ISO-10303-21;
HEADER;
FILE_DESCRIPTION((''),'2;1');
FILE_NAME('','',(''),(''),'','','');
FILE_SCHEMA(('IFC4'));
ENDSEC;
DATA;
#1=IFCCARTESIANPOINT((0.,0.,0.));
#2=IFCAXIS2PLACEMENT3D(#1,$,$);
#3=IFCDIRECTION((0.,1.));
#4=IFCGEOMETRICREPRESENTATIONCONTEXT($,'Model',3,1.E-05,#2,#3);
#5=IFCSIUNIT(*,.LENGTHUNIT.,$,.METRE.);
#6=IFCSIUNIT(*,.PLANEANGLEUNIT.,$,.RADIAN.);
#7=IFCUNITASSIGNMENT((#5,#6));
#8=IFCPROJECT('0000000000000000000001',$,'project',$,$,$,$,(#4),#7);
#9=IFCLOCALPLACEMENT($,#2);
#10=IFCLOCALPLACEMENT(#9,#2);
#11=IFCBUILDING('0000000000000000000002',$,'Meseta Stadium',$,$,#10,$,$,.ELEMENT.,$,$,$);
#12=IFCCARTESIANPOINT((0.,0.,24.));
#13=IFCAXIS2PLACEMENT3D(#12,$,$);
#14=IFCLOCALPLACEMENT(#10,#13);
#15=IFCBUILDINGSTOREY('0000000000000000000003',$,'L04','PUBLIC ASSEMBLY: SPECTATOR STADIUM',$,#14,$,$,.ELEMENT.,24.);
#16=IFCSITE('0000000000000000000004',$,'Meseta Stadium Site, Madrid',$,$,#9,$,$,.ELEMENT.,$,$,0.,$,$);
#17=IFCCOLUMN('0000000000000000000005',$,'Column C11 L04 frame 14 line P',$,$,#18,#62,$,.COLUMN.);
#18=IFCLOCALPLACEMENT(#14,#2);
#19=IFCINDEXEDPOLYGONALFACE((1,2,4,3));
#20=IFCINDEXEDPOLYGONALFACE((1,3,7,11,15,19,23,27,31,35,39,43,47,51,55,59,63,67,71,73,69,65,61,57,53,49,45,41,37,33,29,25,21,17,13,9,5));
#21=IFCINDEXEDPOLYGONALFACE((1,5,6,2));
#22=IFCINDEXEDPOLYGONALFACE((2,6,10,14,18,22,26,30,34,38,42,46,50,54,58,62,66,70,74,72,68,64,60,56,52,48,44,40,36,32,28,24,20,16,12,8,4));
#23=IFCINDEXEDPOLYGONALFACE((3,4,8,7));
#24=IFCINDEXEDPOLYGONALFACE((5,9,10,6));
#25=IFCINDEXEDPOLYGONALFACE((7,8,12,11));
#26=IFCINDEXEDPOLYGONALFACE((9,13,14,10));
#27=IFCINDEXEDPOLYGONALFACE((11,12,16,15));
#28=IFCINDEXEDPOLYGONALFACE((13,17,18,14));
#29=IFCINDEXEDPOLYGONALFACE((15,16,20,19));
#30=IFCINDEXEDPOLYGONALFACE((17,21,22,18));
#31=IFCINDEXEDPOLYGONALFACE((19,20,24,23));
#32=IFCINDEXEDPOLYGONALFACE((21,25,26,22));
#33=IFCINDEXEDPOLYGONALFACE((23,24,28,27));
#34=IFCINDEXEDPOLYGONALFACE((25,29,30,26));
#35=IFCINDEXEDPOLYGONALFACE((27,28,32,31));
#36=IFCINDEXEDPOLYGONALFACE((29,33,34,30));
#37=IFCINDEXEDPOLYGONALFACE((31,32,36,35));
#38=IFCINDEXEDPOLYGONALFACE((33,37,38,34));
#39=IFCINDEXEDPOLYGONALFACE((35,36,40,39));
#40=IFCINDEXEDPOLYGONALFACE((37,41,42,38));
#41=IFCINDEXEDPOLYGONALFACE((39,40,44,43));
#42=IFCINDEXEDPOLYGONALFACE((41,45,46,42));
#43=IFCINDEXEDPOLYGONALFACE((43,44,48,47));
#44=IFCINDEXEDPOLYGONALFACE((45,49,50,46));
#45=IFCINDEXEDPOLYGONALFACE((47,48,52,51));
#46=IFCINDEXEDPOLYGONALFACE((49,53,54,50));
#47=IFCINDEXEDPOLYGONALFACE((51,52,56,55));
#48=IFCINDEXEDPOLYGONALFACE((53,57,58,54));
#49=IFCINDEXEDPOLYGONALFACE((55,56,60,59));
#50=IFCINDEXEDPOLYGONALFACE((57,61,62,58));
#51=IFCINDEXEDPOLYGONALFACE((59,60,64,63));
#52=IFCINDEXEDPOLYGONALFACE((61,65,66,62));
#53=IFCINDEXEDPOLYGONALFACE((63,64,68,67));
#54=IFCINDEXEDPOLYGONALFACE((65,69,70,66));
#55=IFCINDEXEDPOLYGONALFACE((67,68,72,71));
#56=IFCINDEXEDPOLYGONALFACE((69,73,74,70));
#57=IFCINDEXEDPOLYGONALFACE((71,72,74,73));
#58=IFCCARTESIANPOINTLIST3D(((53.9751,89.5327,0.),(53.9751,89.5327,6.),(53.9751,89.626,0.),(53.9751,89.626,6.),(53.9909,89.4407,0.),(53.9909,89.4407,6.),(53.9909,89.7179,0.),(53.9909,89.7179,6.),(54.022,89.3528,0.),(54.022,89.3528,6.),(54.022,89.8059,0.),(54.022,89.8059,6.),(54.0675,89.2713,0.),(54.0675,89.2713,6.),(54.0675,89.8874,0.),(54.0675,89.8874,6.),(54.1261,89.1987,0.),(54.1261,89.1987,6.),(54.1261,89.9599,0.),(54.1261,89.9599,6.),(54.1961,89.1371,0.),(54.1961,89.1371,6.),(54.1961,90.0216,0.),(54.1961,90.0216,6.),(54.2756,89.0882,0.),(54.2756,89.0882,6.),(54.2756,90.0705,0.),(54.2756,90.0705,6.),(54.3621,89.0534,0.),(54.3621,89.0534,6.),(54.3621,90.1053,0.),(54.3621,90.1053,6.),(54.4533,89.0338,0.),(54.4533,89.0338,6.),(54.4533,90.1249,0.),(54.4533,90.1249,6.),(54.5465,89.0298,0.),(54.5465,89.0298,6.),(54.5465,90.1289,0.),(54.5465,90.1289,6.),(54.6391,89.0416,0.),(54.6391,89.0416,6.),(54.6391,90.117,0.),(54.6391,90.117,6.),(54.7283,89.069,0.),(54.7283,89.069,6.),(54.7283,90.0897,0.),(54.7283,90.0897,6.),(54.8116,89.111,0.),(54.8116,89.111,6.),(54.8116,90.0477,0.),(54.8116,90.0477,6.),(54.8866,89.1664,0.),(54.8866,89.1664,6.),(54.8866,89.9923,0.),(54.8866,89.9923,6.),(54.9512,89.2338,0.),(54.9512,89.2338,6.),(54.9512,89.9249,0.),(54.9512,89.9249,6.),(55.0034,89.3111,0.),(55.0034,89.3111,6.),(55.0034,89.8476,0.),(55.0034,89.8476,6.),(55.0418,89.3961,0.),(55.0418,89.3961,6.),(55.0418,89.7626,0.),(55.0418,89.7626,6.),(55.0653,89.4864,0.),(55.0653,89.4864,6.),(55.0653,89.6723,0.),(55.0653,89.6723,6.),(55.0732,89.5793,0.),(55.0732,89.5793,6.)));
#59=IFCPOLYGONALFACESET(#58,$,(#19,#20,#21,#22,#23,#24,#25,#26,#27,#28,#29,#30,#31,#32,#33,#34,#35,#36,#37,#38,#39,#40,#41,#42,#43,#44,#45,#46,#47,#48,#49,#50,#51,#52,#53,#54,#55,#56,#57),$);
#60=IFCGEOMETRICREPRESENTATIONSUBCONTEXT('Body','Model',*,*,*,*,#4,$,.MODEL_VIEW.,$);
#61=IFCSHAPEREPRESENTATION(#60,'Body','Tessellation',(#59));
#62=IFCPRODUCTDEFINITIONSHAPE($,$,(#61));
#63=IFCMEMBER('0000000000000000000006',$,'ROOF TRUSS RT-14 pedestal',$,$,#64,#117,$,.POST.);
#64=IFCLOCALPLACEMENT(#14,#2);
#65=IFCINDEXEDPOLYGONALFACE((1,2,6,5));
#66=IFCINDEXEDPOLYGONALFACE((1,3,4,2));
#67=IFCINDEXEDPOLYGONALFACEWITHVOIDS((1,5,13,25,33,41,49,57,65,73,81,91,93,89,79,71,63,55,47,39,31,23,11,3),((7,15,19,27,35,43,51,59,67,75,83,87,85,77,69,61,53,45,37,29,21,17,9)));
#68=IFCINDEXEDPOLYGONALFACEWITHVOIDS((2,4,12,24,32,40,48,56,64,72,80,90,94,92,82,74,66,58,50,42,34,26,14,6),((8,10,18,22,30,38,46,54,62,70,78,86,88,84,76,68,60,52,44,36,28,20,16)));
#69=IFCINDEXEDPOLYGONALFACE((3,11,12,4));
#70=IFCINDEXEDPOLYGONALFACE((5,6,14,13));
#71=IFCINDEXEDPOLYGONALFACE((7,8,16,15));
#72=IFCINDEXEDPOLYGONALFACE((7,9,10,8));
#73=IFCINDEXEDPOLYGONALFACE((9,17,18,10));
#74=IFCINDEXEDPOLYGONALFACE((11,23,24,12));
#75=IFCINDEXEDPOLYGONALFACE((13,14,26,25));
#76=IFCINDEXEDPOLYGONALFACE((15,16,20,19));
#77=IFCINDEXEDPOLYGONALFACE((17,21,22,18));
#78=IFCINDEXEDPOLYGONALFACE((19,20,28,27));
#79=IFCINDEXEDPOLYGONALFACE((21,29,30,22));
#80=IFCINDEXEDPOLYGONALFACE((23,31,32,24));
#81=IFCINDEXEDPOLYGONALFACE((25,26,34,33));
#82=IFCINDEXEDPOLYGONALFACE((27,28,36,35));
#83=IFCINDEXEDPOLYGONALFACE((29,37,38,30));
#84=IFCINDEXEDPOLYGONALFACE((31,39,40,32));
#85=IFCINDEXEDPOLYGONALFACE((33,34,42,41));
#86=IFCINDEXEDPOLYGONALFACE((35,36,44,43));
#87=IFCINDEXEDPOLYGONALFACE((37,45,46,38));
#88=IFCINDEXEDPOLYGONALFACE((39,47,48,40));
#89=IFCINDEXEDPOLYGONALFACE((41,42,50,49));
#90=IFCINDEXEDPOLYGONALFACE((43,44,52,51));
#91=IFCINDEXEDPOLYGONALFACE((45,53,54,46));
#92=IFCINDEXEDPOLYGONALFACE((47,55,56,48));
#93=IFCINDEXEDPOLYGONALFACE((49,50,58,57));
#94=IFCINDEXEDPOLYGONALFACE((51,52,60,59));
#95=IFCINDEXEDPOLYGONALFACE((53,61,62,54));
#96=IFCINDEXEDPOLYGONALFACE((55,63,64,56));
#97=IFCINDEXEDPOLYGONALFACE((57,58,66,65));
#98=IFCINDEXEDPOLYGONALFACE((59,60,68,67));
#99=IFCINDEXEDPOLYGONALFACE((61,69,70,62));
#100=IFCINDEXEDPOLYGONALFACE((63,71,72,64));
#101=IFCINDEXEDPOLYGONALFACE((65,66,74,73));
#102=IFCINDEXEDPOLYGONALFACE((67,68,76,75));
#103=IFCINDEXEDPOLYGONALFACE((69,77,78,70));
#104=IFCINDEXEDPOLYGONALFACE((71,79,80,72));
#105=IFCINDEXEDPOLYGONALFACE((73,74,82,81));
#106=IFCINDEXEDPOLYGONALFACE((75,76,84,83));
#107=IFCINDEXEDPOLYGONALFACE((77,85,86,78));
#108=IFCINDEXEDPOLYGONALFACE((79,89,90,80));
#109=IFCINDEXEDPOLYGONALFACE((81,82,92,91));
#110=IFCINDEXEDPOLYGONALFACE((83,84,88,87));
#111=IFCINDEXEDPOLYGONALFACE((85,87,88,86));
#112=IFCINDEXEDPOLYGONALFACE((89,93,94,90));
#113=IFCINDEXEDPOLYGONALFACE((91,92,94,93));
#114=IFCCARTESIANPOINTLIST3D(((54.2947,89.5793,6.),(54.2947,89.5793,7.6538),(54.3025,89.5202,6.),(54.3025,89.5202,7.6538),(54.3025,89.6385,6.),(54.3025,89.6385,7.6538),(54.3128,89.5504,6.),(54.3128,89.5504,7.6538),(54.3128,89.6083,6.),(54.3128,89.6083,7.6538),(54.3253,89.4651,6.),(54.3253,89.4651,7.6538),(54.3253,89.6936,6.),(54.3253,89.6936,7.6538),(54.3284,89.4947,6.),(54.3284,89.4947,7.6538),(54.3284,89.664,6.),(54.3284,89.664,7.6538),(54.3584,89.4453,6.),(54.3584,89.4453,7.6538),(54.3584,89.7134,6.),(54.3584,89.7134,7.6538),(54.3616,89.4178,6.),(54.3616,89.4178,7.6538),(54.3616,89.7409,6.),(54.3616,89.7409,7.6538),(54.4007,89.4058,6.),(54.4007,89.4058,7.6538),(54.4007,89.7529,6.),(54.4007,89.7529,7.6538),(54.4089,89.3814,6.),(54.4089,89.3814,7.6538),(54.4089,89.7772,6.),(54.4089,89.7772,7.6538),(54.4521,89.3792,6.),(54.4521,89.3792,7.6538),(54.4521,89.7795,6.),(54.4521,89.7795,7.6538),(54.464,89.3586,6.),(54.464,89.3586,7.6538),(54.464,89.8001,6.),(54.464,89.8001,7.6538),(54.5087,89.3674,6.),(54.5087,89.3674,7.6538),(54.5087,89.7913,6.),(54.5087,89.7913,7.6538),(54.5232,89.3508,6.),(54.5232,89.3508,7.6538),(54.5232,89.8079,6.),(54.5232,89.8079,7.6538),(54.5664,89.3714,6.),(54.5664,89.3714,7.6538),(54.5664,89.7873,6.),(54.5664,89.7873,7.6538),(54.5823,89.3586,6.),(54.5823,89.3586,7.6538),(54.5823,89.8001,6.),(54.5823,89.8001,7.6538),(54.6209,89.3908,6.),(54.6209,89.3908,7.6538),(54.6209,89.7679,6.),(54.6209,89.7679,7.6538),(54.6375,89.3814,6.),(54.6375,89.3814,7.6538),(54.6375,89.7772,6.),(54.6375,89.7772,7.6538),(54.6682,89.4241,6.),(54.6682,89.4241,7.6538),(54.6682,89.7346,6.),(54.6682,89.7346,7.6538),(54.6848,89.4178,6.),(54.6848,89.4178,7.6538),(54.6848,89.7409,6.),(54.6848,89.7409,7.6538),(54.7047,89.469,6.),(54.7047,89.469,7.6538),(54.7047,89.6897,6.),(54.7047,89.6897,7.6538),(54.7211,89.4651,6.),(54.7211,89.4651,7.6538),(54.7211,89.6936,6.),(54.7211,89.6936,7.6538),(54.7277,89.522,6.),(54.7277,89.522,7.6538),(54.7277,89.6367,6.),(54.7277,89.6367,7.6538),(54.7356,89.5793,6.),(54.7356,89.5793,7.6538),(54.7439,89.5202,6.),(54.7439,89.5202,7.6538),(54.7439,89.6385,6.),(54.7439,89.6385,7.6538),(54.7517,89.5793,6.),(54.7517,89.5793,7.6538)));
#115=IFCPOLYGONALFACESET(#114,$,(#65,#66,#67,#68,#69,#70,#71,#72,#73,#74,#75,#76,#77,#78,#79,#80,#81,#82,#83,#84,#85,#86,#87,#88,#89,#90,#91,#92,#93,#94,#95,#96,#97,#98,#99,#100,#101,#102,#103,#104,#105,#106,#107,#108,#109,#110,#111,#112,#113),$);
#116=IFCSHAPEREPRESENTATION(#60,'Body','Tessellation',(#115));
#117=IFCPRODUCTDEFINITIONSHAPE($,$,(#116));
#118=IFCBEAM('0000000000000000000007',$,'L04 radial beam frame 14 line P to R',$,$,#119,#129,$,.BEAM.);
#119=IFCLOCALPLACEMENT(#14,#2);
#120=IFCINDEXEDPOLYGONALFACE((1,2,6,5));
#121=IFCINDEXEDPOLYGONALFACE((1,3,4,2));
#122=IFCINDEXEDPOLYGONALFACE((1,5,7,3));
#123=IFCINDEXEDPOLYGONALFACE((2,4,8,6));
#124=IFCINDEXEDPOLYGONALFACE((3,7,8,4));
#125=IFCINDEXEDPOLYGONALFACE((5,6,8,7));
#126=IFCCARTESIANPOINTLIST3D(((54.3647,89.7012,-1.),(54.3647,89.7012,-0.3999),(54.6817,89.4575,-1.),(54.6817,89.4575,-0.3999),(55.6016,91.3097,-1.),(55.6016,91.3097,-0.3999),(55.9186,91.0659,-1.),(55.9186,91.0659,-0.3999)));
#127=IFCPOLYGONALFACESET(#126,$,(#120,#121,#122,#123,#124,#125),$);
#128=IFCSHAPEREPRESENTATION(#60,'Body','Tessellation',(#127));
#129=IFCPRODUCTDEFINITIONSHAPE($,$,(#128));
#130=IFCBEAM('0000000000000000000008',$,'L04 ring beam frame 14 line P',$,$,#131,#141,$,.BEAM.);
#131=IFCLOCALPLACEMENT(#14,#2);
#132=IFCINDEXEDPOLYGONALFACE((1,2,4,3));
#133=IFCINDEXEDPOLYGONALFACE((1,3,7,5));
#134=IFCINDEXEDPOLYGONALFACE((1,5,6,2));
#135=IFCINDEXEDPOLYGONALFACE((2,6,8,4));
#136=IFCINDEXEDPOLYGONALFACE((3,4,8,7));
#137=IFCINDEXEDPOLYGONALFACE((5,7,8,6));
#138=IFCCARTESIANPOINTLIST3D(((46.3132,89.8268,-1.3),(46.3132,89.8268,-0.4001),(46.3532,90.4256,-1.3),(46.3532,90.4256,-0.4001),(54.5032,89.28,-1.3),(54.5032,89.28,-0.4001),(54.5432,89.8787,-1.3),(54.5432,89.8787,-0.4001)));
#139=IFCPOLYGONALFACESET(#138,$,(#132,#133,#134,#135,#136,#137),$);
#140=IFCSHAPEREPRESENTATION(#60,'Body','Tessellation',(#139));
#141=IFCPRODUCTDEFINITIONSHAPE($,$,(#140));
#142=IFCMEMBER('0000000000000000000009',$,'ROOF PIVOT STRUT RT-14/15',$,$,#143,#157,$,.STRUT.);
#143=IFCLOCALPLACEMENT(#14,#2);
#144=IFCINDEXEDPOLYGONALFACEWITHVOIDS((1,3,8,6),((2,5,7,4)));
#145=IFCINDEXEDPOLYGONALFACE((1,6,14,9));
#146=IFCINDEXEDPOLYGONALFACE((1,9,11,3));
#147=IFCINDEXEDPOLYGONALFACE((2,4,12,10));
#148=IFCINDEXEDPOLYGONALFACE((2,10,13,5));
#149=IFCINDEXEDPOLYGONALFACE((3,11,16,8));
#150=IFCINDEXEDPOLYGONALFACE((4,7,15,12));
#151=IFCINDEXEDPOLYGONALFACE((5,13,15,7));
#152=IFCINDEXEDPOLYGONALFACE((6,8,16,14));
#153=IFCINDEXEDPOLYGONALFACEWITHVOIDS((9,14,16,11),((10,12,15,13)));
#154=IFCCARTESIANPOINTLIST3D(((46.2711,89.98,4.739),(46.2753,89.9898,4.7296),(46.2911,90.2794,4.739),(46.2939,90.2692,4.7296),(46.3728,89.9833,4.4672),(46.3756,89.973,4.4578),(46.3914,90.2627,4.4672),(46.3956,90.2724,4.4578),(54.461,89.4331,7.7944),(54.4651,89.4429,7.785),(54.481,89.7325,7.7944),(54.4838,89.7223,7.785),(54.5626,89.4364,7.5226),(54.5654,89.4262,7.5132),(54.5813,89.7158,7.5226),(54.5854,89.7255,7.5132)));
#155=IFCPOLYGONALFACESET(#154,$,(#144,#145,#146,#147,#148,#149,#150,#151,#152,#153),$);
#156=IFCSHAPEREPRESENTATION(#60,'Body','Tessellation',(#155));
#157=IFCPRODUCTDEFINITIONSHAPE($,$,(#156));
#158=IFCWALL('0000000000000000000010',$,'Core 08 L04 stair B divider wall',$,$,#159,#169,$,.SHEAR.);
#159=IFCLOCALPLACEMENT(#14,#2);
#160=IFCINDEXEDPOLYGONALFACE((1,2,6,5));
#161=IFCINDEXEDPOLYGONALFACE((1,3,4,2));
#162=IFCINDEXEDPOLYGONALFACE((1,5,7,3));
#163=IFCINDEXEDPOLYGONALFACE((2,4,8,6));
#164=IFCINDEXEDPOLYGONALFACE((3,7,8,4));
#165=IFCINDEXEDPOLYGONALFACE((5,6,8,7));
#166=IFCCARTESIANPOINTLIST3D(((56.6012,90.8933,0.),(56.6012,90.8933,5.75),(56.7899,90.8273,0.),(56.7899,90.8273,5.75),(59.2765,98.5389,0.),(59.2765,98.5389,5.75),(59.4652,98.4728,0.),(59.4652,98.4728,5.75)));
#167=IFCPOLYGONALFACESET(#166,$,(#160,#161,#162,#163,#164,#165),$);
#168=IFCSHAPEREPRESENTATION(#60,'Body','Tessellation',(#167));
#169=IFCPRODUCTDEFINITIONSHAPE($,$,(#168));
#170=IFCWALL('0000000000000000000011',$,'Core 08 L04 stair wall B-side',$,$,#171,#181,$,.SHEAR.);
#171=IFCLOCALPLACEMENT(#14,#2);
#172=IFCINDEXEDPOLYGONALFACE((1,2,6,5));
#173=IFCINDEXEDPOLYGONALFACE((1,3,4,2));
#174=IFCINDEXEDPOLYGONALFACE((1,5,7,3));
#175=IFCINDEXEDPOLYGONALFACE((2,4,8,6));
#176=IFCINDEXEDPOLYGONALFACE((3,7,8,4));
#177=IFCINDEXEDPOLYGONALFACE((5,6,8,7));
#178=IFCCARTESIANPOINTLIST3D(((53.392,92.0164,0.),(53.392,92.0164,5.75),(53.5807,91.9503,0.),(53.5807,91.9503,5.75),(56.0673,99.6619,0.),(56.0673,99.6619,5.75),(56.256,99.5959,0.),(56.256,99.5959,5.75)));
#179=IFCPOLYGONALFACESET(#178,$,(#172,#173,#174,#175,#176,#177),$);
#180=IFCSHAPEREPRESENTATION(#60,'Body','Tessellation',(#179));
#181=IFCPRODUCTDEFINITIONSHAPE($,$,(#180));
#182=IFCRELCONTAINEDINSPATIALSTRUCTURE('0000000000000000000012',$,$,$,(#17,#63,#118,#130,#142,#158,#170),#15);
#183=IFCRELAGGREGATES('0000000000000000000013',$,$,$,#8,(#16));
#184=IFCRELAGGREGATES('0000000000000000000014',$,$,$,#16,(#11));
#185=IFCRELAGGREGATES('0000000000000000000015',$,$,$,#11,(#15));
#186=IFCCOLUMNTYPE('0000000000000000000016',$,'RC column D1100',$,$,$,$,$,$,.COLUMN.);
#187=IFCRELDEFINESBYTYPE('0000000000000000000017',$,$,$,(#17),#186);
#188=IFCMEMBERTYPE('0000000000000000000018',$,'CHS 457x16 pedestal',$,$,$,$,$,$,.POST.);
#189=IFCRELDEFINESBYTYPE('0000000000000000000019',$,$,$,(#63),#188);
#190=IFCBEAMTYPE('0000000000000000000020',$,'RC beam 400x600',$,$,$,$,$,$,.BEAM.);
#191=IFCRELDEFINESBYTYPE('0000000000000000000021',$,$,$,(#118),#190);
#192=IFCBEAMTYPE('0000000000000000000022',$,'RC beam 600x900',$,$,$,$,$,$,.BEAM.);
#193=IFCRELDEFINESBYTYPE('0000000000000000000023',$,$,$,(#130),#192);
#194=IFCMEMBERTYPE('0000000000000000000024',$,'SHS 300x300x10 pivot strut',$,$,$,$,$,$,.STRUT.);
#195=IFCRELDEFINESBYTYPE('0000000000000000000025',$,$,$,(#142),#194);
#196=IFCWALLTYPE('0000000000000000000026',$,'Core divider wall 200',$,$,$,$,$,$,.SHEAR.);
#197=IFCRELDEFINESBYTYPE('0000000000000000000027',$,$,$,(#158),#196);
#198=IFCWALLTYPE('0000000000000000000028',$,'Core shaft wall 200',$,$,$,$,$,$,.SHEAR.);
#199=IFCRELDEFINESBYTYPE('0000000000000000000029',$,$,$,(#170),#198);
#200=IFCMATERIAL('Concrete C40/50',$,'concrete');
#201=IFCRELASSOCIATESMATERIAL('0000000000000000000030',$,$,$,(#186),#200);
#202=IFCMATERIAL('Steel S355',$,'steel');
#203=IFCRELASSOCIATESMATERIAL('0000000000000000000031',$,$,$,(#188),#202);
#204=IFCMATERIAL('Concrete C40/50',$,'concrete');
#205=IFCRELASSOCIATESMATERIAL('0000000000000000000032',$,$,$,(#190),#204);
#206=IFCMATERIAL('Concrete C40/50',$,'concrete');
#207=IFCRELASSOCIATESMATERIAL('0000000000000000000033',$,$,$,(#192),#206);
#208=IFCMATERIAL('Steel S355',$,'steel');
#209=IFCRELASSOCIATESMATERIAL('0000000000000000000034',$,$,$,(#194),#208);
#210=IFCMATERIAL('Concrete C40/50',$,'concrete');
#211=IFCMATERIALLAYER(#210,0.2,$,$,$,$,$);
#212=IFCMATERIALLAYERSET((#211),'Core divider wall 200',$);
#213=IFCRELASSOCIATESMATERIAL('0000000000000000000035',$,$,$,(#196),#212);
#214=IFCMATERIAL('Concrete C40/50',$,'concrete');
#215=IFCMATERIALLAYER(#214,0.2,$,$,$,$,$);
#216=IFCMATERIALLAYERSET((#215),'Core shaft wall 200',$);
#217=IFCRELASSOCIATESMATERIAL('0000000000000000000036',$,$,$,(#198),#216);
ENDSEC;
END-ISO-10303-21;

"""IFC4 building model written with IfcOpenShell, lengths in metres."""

from ifc_helpers import new_model, si_unit, direction, frame, frame_2d, origin, origin_2d, place, context, subcontext, project, spatial, rectangle, hollow_rectangle, circle, hollow_circle, extrude, material, layer, layer_set, material_profile, profile_set, type_object, element, save


model = new_model("IFC4")

# Units and contexts
model_context = context("Model", 3, precision=1e-05, world=origin(), true_north=direction((0.0, 1.0)))
body_context = subcontext(model_context, "Body", "Model", "MODEL_VIEW")
ifc_project = project(units=[si_unit("LENGTHUNIT", "METRE"), si_unit("PLANEANGLEUNIT", "RADIAN")], contexts=[model_context])

# Site, building, storey
site_placement = place(None, origin())
site = spatial("IfcSite", under=ifc_project, at=site_placement, Name="Meseta Stadium Site, Madrid", CompositionType="ELEMENT", RefElevation=0.0)
building_placement = place(site_placement, origin())
building = spatial("IfcBuilding", under=site, at=building_placement, Name="Meseta Stadium", CompositionType="ELEMENT")
storey_placement = place(building_placement, frame((0.0, 0.0, 24.0)))
storey = spatial("IfcBuildingStorey", under=building, at=storey_placement, Name="L04", Description="PUBLIC ASSEMBLY: SPECTATOR STADIUM", CompositionType="ELEMENT", Elevation=24.0)

# Column
ifc_material_1 = material(Name="Concrete C40/50", Category="concrete")
ifc_material_profile_1 = material_profile(ifc_material_1, circle(Radius=0.55, at=origin_2d()), Name="RC D1100")
ifc_profile_set_1 = profile_set([ifc_material_profile_1], Name="Concrete C40/50")
column_type = type_object("IfcColumnType", Name="RC column D1100", PredefinedType="COLUMN", material=ifc_profile_set_1)
column_placement = place(storey_placement, frame((54.5232, 89.5793, 0.0), z_axis=(0.0, 0.0, 1.0), x_axis=(1.0, 0.0, 0.0)))
element("IfcColumn", 1, at=column_placement, inside=storey, type_object=column_type, Name="Column C11 L04 frame 14 line P", PredefinedType="COLUMN", context=body_context, shape_type="SweptSolid", body=[
    extrude(circle(Radius=0.55, at=origin_2d()), origin(), (0.0, 0.0, 1.0), 6.0),
])

# Member
ifc_material_2 = material(Name="Steel S355", Category="steel")
ifc_material_profile_2 = material_profile(ifc_material_2, hollow_circle(Radius=0.2285, WallThickness=0.0161, at=origin_2d()), Name="CHS 457x16")
ifc_profile_set_2 = profile_set([ifc_material_profile_2], Name="Steel S355")
member_type_1 = type_object("IfcMemberType", Name="CHS 457x16 pedestal", PredefinedType="POST", material=ifc_profile_set_2)
member_1_placement = place(storey_placement, frame((54.5232, 89.5793, 6.0), z_axis=(0.0, 0.0, 1.0), x_axis=(1.0, 0.0, 0.0)))
element("IfcMember", 2, at=member_1_placement, inside=storey, type_object=member_type_1, Name="ROOF TRUSS RT-14 pedestal", PredefinedType="POST", context=body_context, shape_type="SweptSolid", body=[
    extrude(hollow_circle(Radius=0.2285, WallThickness=0.0161, at=origin_2d()), origin(), (0.0, 0.0, 1.0), 1.6538),
])

# Beams
ifc_material_3 = material(Name="Concrete C40/50", Category="concrete")
ifc_material_profile_3 = material_profile(ifc_material_3, rectangle(XDim=0.3999, YDim=0.6001, at=origin_2d()), Name="RC 400x600")
ifc_profile_set_3 = profile_set([ifc_material_profile_3], Name="Concrete C40/50")
beam_type_1 = type_object("IfcBeamType", Name="RC beam 400x600", PredefinedType="BEAM", material=ifc_profile_set_3)
beam_1_placement = place(storey_placement, frame((54.5232, 89.5793, -0.7), z_axis=(0.609583, 0.792722, 0.0), x_axis=(-0.792722, 0.609583, 0.0)))
element("IfcBeam", 3, at=beam_1_placement, inside=storey, type_object=beam_type_1, Name="L04 radial beam frame 14 line P to R", PredefinedType="BEAM", context=body_context, shape_type="SweptSolid", body=[
    extrude(rectangle(XDim=0.3999, YDim=0.6001, at=origin_2d()), origin(), (0.0, 0.0, 1.0), 2.0291),
])
ifc_material_4 = material(Name="Concrete C40/50", Category="concrete")
ifc_material_profile_4 = material_profile(ifc_material_4, rectangle(XDim=0.6001, YDim=0.8999, at=origin_2d()), Name="RC 600x900")
ifc_profile_set_4 = profile_set([ifc_material_profile_4], Name="Concrete C40/50")
beam_type_2 = type_object("IfcBeamType", Name="RC beam 600x900", PredefinedType="BEAM", material=ifc_profile_set_4)
beam_2_placement = place(storey_placement, frame((54.5232, 89.5793, -0.8501), z_axis=(-0.997778, 0.066626, 0.0), x_axis=(-0.066626, -0.997778, 0.0)))
element("IfcBeam", 4, at=beam_2_placement, inside=storey, type_object=beam_type_2, Name="L04 ring beam frame 14 line P", PredefinedType="BEAM", context=body_context, shape_type="SweptSolid", body=[
    extrude(rectangle(XDim=0.6001, YDim=0.8999, at=origin_2d()), origin(), (0.0, 0.0, 1.0), 8.2083),
])

# Member
ifc_material_5 = material(Name="Steel S355", Category="steel")
ifc_material_profile_5 = material_profile(ifc_material_5, hollow_rectangle(XDim=0.3, YDim=0.3, WallThickness=0.01, at=origin_2d()), Name="SHS 300x300x10")
ifc_profile_set_5 = profile_set([ifc_material_profile_5], Name="Steel S355")
member_type_2 = type_object("IfcMemberType", Name="SHS 300x300x10 pivot strut", PredefinedType="STRUT", material=ifc_profile_set_5)
member_2_placement = place(storey_placement, frame((54.5232, 89.5793, 7.6538), z_axis=(-0.935094, 0.06244, -0.348855), x_axis=(-0.066626, -0.997778, 0.0)))
element("IfcMember", 5, at=member_2_placement, inside=storey, type_object=member_type_2, Name="ROOF PIVOT STRUT RT-14/15", PredefinedType="STRUT", context=body_context, shape_type="SweptSolid", body=[
    extrude(hollow_rectangle(XDim=0.3, YDim=0.3, WallThickness=0.01, at=origin_2d()), origin(), (0.0, 0.0, 1.0), 8.7583),
])

# Walls
ifc_material_6 = material(Name="Concrete C40/50", Category="concrete")
ifc_layer_1 = layer(ifc_material_6, 0.2)
ifc_layer_set_1 = layer_set([ifc_layer_1], Name="Core divider wall 200")
wall_type_1 = type_object("IfcWallType", Name="Core divider wall 200", PredefinedType="SHEAR", material=ifc_layer_set_1)
wall_1_placement = place(storey_placement, frame((59.3708, 98.5059, 0.0), z_axis=(0.0, 0.0, 1.0), x_axis=(-0.330281, -0.943883, 0.0)))
element("IfcWall", 6, at=wall_1_placement, inside=storey, type_object=wall_type_1, Name="Core 08 L04 stair B divider wall", PredefinedType="SHEAR", context=body_context, shape_type="SweptSolid", body=[
    extrude(rectangle(XDim=8.1001, YDim=0.2, at=frame_2d((4.05, 0.0))), origin(), (0.0, 0.0, 1.0), 5.75),
])
ifc_material_7 = material(Name="Concrete C40/50", Category="concrete")
ifc_layer_2 = layer(ifc_material_7, 0.2)
ifc_layer_set_2 = layer_set([ifc_layer_2], Name="Core shaft wall 200")
wall_type_2 = type_object("IfcWallType", Name="Core shaft wall 200", PredefinedType="SHEAR", material=ifc_layer_set_2)
wall_2_placement = place(storey_placement, frame((56.1616, 99.6289, 0.0), z_axis=(0.0, 0.0, 1.0), x_axis=(-0.330281, -0.943883, 0.0)))
element("IfcWall", 7, at=wall_2_placement, inside=storey, type_object=wall_type_2, Name="Core 08 L04 stair wall B-side", PredefinedType="SHEAR", context=body_context, shape_type="SweptSolid", body=[
    extrude(rectangle(XDim=8.1001, YDim=0.2, at=frame_2d((4.05, 0.0))), origin(), (0.0, 0.0, 1.0), 5.75),
])

save(model, "model.ifc")
